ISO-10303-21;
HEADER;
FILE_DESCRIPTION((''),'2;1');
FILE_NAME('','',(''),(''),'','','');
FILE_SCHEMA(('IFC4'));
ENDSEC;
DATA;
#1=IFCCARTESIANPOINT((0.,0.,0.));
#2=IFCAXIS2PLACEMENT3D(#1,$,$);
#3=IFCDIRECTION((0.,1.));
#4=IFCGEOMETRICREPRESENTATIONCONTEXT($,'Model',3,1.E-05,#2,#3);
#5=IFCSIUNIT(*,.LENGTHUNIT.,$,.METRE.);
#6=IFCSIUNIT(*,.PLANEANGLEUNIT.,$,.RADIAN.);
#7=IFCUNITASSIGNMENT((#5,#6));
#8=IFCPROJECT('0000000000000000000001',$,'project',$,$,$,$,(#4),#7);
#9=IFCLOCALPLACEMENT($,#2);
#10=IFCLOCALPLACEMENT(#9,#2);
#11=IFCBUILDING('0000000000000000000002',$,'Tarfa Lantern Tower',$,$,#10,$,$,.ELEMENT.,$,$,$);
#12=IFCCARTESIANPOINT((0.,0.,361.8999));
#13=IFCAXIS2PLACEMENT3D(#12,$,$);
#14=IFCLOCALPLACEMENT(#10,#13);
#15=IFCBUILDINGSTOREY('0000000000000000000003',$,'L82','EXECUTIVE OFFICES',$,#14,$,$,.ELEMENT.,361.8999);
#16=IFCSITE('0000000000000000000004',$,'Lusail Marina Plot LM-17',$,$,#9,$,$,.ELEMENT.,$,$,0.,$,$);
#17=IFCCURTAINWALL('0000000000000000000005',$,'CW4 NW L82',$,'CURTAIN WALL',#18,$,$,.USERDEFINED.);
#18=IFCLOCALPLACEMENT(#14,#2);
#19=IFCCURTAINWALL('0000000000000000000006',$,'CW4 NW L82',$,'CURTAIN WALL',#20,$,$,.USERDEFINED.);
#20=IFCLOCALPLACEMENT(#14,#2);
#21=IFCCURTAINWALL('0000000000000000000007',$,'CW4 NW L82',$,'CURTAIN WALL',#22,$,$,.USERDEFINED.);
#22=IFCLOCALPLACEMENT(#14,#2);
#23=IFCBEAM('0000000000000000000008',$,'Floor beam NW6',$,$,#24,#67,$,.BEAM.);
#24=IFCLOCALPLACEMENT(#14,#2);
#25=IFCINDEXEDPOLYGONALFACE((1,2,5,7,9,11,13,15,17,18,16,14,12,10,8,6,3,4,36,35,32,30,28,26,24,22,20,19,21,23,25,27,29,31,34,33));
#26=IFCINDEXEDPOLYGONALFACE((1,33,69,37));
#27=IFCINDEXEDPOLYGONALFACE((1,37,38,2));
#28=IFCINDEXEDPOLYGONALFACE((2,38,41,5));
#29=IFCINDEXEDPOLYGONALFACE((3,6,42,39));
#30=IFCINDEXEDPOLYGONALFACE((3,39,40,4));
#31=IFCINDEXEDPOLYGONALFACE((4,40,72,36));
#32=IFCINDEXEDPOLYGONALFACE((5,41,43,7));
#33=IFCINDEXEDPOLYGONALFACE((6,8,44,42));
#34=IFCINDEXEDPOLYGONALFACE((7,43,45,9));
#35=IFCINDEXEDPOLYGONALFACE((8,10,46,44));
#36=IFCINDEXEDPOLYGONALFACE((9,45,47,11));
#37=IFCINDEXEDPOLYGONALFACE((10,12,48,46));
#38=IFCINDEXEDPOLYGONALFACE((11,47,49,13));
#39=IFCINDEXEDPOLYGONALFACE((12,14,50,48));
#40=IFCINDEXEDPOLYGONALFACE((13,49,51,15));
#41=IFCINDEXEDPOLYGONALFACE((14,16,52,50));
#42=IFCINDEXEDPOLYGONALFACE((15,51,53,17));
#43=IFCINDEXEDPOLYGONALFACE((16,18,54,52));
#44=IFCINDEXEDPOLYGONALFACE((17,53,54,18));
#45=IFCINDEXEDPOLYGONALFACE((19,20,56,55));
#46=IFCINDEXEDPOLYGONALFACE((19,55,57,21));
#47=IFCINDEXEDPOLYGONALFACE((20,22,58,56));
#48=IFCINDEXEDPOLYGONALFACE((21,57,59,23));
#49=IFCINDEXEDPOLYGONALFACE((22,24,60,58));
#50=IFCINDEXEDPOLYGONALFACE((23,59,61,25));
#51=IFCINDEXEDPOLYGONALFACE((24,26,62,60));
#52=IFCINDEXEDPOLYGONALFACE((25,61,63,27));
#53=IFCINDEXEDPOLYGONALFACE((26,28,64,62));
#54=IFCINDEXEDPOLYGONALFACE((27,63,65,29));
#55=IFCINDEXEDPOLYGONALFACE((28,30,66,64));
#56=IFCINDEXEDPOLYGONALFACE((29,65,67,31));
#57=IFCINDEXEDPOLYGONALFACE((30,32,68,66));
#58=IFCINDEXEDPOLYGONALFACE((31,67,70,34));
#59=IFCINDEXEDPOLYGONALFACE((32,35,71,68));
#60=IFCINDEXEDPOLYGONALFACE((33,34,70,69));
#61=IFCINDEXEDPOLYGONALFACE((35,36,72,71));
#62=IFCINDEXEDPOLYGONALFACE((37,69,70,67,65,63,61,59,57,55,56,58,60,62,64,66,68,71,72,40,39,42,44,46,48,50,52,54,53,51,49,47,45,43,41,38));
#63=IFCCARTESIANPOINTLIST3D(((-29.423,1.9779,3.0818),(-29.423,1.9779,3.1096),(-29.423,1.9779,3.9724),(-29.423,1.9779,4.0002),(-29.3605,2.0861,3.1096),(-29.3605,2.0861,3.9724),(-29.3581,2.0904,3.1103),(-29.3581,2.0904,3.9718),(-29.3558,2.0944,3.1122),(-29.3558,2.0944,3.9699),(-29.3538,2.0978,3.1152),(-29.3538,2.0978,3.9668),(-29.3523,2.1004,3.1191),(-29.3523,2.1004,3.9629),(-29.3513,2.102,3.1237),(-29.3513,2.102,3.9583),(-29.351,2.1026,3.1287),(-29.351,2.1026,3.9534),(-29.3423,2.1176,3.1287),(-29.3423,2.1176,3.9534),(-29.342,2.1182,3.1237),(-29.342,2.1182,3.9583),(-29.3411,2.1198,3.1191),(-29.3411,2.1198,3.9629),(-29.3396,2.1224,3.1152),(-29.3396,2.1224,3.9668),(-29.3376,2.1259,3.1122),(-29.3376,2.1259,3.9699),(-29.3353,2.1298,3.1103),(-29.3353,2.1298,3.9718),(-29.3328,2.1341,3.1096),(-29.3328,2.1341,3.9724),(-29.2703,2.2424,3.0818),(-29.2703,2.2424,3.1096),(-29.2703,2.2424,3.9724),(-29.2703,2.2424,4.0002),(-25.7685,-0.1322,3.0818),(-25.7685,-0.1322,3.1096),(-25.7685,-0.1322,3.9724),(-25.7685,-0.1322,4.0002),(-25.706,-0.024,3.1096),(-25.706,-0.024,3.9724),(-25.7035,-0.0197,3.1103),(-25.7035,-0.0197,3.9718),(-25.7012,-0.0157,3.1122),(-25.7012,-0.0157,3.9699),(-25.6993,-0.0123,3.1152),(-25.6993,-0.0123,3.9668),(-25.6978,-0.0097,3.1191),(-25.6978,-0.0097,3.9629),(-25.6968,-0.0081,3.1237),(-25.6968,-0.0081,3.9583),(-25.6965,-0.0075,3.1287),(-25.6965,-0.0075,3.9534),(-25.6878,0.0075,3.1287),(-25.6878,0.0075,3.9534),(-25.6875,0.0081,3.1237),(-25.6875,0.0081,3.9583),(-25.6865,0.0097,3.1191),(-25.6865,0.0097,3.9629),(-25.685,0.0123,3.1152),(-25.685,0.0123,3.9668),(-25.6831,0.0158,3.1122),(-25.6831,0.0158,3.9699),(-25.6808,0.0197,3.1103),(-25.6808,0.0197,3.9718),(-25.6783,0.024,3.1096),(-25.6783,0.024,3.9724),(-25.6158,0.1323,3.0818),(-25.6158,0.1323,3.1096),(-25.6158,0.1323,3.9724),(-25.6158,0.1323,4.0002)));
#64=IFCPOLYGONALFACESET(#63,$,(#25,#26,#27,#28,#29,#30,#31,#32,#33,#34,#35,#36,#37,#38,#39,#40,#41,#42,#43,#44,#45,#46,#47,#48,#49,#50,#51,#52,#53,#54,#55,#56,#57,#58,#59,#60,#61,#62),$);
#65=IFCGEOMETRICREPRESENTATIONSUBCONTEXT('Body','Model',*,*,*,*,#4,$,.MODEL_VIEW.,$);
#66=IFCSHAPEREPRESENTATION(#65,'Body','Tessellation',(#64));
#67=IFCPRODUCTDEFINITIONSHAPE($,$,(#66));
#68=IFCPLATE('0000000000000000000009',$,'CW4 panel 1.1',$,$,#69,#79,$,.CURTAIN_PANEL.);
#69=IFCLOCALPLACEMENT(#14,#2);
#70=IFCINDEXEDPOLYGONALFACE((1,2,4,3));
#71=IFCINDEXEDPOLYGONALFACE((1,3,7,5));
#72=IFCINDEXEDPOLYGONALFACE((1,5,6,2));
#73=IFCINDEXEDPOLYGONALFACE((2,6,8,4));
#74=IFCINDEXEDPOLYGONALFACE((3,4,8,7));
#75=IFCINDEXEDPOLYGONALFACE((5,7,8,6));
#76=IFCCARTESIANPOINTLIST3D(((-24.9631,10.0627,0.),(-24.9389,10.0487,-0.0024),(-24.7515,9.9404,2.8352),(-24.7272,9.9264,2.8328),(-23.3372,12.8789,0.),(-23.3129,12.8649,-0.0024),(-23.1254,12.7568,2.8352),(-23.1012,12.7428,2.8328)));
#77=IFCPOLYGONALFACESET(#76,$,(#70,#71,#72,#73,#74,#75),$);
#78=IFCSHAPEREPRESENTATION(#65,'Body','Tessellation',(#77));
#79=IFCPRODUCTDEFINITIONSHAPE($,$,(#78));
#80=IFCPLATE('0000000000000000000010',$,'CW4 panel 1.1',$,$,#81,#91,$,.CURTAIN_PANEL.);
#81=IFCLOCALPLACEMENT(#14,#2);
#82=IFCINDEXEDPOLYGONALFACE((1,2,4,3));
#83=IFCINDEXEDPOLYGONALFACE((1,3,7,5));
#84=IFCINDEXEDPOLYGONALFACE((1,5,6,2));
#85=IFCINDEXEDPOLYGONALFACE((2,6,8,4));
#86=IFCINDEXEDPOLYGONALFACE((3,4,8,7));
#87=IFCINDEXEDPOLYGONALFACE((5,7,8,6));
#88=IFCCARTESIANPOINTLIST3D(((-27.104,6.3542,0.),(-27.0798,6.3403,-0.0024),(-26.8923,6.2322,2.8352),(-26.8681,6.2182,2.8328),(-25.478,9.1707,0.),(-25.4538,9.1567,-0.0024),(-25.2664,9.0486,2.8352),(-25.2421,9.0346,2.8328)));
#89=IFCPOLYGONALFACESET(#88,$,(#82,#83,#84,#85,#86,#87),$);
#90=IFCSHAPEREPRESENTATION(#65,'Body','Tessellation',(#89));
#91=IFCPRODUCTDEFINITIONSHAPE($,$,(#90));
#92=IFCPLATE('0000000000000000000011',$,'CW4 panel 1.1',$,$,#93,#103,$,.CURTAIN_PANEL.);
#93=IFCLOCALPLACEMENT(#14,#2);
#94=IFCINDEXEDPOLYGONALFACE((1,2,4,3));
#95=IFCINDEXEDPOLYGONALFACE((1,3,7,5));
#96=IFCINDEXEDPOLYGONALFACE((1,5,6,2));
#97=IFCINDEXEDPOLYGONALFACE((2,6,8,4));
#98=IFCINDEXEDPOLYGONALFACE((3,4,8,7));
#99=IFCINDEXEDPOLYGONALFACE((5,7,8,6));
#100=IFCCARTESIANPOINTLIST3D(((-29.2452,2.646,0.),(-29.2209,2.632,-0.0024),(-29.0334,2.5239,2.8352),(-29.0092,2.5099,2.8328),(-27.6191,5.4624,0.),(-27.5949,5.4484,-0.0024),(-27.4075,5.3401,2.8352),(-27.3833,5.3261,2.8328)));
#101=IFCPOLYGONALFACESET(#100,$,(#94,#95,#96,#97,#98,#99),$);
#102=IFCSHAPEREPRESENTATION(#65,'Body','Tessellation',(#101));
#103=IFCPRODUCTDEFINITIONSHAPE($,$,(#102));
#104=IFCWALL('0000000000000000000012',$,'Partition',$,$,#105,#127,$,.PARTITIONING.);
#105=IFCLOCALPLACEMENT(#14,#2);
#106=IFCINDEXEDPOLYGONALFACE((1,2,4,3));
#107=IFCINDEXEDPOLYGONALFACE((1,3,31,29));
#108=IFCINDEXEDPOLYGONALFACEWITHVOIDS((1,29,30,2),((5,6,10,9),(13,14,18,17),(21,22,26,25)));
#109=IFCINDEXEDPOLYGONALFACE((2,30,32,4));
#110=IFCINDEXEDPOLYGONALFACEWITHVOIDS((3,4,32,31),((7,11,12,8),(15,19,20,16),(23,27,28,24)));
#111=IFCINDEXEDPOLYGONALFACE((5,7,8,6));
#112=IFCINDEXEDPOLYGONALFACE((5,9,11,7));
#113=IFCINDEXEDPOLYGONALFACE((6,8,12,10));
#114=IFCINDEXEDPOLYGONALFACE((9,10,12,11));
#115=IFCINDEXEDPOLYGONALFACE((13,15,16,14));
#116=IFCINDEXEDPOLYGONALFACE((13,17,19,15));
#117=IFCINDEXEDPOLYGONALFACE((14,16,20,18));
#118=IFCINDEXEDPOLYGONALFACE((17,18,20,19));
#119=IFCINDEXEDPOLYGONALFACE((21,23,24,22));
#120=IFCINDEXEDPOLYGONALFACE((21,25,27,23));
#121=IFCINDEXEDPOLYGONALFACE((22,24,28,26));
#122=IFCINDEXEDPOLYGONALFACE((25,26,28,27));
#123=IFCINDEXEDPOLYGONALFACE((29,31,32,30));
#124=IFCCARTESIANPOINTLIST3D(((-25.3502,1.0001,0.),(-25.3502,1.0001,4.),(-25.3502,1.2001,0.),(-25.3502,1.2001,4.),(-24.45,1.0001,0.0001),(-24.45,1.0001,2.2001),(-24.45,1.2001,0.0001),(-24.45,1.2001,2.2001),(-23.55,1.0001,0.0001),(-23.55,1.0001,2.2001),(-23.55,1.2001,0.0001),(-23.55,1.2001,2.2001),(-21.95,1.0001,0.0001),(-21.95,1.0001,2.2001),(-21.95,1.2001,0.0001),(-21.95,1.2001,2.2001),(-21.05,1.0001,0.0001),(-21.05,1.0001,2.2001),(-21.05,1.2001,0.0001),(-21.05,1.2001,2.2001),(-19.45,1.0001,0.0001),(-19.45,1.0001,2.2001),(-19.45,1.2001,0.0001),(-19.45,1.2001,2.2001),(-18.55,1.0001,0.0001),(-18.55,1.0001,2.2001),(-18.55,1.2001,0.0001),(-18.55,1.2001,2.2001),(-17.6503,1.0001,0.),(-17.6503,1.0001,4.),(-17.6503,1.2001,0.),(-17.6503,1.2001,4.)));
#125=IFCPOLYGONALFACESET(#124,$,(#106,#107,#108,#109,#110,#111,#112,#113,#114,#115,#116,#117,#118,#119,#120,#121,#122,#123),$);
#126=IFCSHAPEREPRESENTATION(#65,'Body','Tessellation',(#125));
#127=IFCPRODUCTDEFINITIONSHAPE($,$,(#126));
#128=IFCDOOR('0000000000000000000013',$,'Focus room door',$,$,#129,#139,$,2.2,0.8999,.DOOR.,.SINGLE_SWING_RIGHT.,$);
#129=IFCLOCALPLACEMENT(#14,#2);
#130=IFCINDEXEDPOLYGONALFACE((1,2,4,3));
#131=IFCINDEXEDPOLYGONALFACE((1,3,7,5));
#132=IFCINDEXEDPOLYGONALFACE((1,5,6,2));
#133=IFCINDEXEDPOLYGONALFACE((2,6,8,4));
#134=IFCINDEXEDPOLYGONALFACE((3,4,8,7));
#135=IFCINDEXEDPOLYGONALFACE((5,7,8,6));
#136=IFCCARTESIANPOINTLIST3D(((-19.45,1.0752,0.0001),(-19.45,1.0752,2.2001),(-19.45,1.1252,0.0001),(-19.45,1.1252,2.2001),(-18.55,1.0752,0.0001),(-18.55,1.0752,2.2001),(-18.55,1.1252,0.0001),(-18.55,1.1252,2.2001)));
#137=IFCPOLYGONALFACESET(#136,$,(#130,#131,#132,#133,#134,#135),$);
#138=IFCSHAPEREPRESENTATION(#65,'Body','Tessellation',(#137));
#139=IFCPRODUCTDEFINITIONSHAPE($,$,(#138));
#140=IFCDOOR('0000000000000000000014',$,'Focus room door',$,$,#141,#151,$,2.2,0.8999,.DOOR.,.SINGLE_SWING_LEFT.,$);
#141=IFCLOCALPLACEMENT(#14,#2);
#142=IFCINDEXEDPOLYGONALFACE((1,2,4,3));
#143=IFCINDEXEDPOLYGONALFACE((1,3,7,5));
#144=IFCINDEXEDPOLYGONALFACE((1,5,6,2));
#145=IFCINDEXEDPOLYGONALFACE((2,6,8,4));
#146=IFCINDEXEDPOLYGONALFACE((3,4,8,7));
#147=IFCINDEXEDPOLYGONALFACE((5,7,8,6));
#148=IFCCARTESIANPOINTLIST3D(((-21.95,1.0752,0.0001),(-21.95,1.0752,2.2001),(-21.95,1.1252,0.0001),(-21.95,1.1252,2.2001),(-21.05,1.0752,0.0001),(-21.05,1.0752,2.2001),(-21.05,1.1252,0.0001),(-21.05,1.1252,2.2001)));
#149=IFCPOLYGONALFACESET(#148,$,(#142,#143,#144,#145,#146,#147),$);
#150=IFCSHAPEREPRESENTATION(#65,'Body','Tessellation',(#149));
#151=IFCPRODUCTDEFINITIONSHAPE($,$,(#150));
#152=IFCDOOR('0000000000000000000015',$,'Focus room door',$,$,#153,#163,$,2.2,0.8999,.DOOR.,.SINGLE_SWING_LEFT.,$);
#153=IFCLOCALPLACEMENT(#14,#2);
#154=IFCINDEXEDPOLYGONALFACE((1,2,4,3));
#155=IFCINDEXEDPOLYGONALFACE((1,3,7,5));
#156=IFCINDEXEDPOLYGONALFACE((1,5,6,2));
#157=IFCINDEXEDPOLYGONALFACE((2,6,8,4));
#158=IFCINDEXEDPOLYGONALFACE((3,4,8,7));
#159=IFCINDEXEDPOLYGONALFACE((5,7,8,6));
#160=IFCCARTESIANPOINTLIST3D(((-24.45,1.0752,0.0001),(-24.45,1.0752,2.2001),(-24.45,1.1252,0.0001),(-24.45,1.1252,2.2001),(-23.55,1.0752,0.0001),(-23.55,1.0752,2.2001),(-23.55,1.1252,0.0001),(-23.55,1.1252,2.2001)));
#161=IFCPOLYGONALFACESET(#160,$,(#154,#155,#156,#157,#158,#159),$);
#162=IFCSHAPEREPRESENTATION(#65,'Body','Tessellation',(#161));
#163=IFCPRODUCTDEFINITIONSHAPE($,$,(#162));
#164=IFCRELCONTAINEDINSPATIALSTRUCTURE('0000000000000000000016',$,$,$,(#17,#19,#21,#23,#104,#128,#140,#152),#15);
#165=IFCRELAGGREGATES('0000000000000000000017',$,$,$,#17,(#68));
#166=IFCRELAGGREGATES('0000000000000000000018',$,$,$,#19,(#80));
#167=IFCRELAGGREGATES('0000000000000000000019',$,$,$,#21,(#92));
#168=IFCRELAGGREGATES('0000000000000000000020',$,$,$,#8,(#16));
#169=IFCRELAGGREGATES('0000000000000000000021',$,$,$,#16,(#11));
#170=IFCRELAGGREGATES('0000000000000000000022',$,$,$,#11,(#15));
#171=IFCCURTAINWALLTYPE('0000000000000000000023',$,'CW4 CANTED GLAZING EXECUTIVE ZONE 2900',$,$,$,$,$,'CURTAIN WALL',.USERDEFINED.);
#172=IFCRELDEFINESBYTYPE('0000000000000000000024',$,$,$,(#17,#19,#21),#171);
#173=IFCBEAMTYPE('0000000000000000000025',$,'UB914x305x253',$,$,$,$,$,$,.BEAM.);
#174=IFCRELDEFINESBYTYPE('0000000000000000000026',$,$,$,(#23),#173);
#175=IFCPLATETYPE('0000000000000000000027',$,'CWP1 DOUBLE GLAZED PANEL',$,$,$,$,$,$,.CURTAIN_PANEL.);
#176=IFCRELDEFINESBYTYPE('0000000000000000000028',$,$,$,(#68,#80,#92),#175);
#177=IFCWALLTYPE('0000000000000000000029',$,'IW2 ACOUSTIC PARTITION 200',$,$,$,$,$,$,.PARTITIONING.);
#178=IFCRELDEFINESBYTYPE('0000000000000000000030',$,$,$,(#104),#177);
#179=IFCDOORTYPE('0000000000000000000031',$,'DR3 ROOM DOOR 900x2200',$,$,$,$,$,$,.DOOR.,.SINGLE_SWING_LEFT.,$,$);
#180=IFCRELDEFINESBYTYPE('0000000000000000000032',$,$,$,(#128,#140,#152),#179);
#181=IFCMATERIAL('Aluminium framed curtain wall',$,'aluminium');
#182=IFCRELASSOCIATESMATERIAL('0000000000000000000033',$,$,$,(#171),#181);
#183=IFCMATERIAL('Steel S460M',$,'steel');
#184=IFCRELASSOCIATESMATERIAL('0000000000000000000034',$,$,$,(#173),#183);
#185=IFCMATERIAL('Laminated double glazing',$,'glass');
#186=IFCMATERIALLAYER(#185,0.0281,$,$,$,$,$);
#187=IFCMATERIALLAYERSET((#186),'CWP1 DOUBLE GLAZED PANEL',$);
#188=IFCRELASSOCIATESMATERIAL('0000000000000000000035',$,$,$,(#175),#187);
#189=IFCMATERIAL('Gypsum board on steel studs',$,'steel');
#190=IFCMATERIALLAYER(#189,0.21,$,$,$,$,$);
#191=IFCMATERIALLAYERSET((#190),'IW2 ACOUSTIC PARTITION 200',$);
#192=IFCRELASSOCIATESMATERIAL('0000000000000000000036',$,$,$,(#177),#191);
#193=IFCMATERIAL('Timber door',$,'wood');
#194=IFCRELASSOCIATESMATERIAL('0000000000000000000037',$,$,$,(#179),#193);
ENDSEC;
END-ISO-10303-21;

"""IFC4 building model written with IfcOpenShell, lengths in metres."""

from ifc_helpers import new_model, si_unit, direction, frame, frame_2d, origin, origin_2d, place, context, subcontext, project, spatial, polyline, rectangle, i_section, outline, extrude, material, layer, layer_set, material_profile, profile_set, type_object, element, fill, aggregate, save


model = new_model("IFC4")

# Units and contexts
model_context = context("Model", 3, precision=1e-05, world=origin(), true_north=direction((0.0, 1.0)))
body_context = subcontext(model_context, "Body", "Model", "MODEL_VIEW")
ifc_project = project(units=[si_unit("LENGTHUNIT", "METRE"), si_unit("PLANEANGLEUNIT", "RADIAN")], contexts=[model_context])

# Site, building, storey
site_placement = place(None, origin())
site = spatial("IfcSite", under=ifc_project, at=site_placement, Name="Lusail Marina Plot LM-17", CompositionType="ELEMENT", RefElevation=0.0)
building_placement = place(site_placement, origin())
building = spatial("IfcBuilding", under=site, at=building_placement, Name="Tarfa Lantern Tower", CompositionType="ELEMENT")
storey_placement = place(building_placement, frame((0.0, 0.0, 361.8999)))
storey = spatial("IfcBuildingStorey", under=building, at=storey_placement, Name="L82", Description="EXECUTIVE OFFICES", CompositionType="ELEMENT", Elevation=361.8999)

# Curtain wall
ifc_material_1 = material(Name="Aluminium framed curtain wall", Category="aluminium")
curtain_wall_type = type_object("IfcCurtainWallType", Name="CW4 CANTED GLAZING EXECUTIVE ZONE 2900", ElementType="CURTAIN WALL", PredefinedType="USERDEFINED", material=ifc_material_1)
curtain_wall_1_placement = place(storey_placement, origin())
curtain_wall_1 = element("IfcCurtainWall", 1, at=curtain_wall_1_placement, inside=storey, type_object=curtain_wall_type, Name="CW4 NW L82", ObjectType="CURTAIN WALL", PredefinedType="USERDEFINED")

# Curtain walls
curtain_wall_2_placement = place(storey_placement, origin())
curtain_wall_2 = element("IfcCurtainWall", 2, at=curtain_wall_2_placement, inside=storey, type_object=curtain_wall_type, Name="CW4 NW L82", ObjectType="CURTAIN WALL", PredefinedType="USERDEFINED")
curtain_wall_3_placement = place(storey_placement, origin())
curtain_wall_3 = element("IfcCurtainWall", 3, at=curtain_wall_3_placement, inside=storey, type_object=curtain_wall_type, Name="CW4 NW L82", ObjectType="CURTAIN WALL", PredefinedType="USERDEFINED")

# Beam
ifc_material_2 = material(Name="Steel S460M", Category="steel")
ifc_material_profile_1 = material_profile(ifc_material_2, i_section(OverallWidth=0.3054, OverallDepth=0.9185, WebThickness=0.0173, FlangeThickness=0.0278, FilletRadius=0.019, at=origin_2d()), Name="UB914x305x253")
ifc_profile_set_1 = profile_set([ifc_material_profile_1], Name="Steel S460M")
beam_type_1 = type_object("IfcBeamType", Name="UB914x305x253", PredefinedType="BEAM", material=ifc_profile_set_1)
beam_1_placement = place(storey_placement, frame((-29.3467, 2.1101, 3.541), z_axis=(0.866009, -0.500028, 0.0), x_axis=(0.500028, 0.866009, 0.0)))
element("IfcBeam", 4, at=beam_1_placement, inside=storey, type_object=beam_type_1, Name="Floor beam NW6", PredefinedType="BEAM", context=body_context, shape_type="SweptSolid", body=[
    extrude(i_section(OverallWidth=0.3054, OverallDepth=0.9185, WebThickness=0.0173, FlangeThickness=0.0278, FilletRadius=0.019, at=origin_2d()), origin(), (0.0, 0.0, 1.0), 4.22),
])

# Plates
ifc_material_3 = material(Name="Laminated double glazing", Category="glass")
ifc_layer_1 = layer(ifc_material_3, 0.0281)
ifc_layer_set_1 = layer_set([ifc_layer_1], Name="CWP1 DOUBLE GLAZED PANEL")
plate_type = type_object("IfcPlateType", Name="CWP1 DOUBLE GLAZED PANEL", PredefinedType="CURTAIN_PANEL", material=ifc_layer_set_1)
plate_1_placement = place(storey_placement, frame((-23.3372, 12.8789, 0.0), z_axis=(-0.862826, 0.498151, 0.085886), x_axis=(-0.499999, -0.866026, -0.000002)))
plate_1 = element("IfcPlate", 5, at=plate_1_placement, type_object=plate_type, Name="CW4 panel 1.1", PredefinedType="CURTAIN_PANEL", context=body_context, shape_type="SweptSolid", body=[
    extrude(outline(polyline([(0.0, 0.0), (3.2519, 0.0), (3.2519, 2.8457), (-0.0001, 2.8457), (0.0, 0.0)])), origin(), (0.0, 0.0, -1.0), 0.0281),
])
aggregate(curtain_wall_1, [plate_1])
plate_2_placement = place(storey_placement, frame((-25.478, 9.1707, 0.0), z_axis=(-0.862837, 0.498136, 0.085865), x_axis=(-0.499982, -0.866036, 0.0)))
plate_2 = element("IfcPlate", 6, at=plate_2_placement, type_object=plate_type, Name="CW4 panel 1.1", PredefinedType="CURTAIN_PANEL", context=body_context, shape_type="SweptSolid", body=[
    extrude(outline(polyline([(0.0, 0.0), (3.2521, 0.0), (3.252, 2.8457), (-0.0001, 2.8457), (0.0, 0.0)])), origin(), (0.0, 0.0, -1.0), 0.0281),
])
aggregate(curtain_wall_2, [plate_2])
plate_3_placement = place(storey_placement, frame((-27.6191, 5.4624, 0.0), z_axis=(-0.862826, 0.498151, 0.085886), x_axis=(-0.499999, -0.866026, 0.000002)))
plate_3 = element("IfcPlate", 7, at=plate_3_placement, type_object=plate_type, Name="CW4 panel 1.1", PredefinedType="CURTAIN_PANEL", context=body_context, shape_type="SweptSolid", body=[
    extrude(outline(polyline([(0.0, 0.0), (3.2521, 0.0), (3.252, 2.8457), (0.0001, 2.8457), (0.0, 0.0)])), origin(), (0.0, 0.0, -1.0), 0.0281),
])
aggregate(curtain_wall_3, [plate_3])

# Wall, openings, doors
ifc_material_4 = material(Name="Gypsum board on steel studs", Category="steel")
ifc_layer_2 = layer(ifc_material_4, 0.21)
ifc_layer_set_2 = layer_set([ifc_layer_2], Name="IW2 ACOUSTIC PARTITION 200")
wall_type = type_object("IfcWallType", Name="IW2 ACOUSTIC PARTITION 200", PredefinedType="PARTITIONING", material=ifc_layer_set_2)
wall_placement = place(storey_placement, frame((-17.6501, 1.1001, 0.0), z_axis=(0.0, 0.0, 1.0), x_axis=(-1.0, 0.0, 0.0)))
wall = element("IfcWall", 8, at=wall_placement, inside=storey, type_object=wall_type, Name="Partition", PredefinedType="PARTITIONING", context=body_context, shape_type="SweptSolid", body=[
    extrude(rectangle(XDim=7.7, YDim=0.2, at=frame_2d((3.8501, 0.0))), origin(), (0.0, 0.0, 1.0), 4.0),
])
opening_1_placement = place(wall_placement, frame((0.8999, 0.0, 0.0)))
opening_1 = element("IfcOpeningElement", 9, at=opening_1_placement, cuts=wall, PredefinedType="OPENING", context=body_context, shape_type="SweptSolid", body=[
    extrude(rectangle(XDim=0.8999, YDim=2.2, at=frame_2d((0.45, 1.1001))), frame((0.0, 0.1099, 0.0), z_axis=(0.0, -1.0, 0.0), x_axis=(1.0, 0.0, 0.0)), (0.0, 0.0, 1.0), 0.22),
])
opening_2_placement = place(wall_placement, frame((3.3999, 0.0, 0.0)))
opening_2 = element("IfcOpeningElement", 10, at=opening_2_placement, cuts=wall, PredefinedType="OPENING", context=body_context, shape_type="SweptSolid", body=[
    extrude(rectangle(XDim=0.8999, YDim=2.2, at=frame_2d((0.45, 1.1001))), frame((0.0, 0.1099, 0.0), z_axis=(0.0, -1.0, 0.0), x_axis=(1.0, 0.0, 0.0)), (0.0, 0.0, 1.0), 0.22),
])
opening_3_placement = place(wall_placement, frame((5.8999, 0.0, 0.0)))
opening_3 = element("IfcOpeningElement", 11, at=opening_3_placement, cuts=wall, PredefinedType="OPENING", context=body_context, shape_type="SweptSolid", body=[
    extrude(rectangle(XDim=0.8999, YDim=2.2, at=frame_2d((0.45, 1.1001))), frame((0.0, 0.1099, 0.0), z_axis=(0.0, -1.0, 0.0), x_axis=(1.0, 0.0, 0.0)), (0.0, 0.0, 1.0), 0.22),
])
ifc_material_5 = material(Name="Timber door", Category="wood")
door_type = type_object("IfcDoorType", Name="DR3 ROOM DOOR 900x2200", OperationType="SINGLE_SWING_LEFT", PredefinedType="DOOR", material=ifc_material_5)
door_1_placement = place(opening_1_placement, origin())
door_1 = element("IfcDoor", 12, at=door_1_placement, inside=storey, type_object=door_type, Name="Focus room door", OperationType="SINGLE_SWING_RIGHT", OverallHeight=2.2, OverallWidth=0.8999, PredefinedType="DOOR", context=body_context, shape_type="SweptSolid", body=[
    extrude(rectangle(XDim=0.8999, YDim=2.2, at=frame_2d((0.45, 1.1001))), frame((0.0, 0.0249, 0.0), z_axis=(0.0, -1.0, 0.0), x_axis=(1.0, 0.0, 0.0)), (0.0, 0.0, 1.0), 0.05),
])
fill(opening_1, door_1)
door_2_placement = place(opening_2_placement, origin())
door_2 = element("IfcDoor", 13, at=door_2_placement, inside=storey, type_object=door_type, Name="Focus room door", OperationType="SINGLE_SWING_LEFT", OverallHeight=2.2, OverallWidth=0.8999, PredefinedType="DOOR", context=body_context, shape_type="SweptSolid", body=[
    extrude(rectangle(XDim=0.8999, YDim=2.2, at=frame_2d((0.45, 1.1001))), frame((0.0, 0.0249, 0.0), z_axis=(0.0, -1.0, 0.0), x_axis=(1.0, 0.0, 0.0)), (0.0, 0.0, 1.0), 0.05),
])
fill(opening_2, door_2)
door_3_placement = place(opening_3_placement, origin())
door_3 = element("IfcDoor", 14, at=door_3_placement, inside=storey, type_object=door_type, Name="Focus room door", OperationType="SINGLE_SWING_LEFT", OverallHeight=2.2, OverallWidth=0.8999, PredefinedType="DOOR", context=body_context, shape_type="SweptSolid", body=[
    extrude(rectangle(XDim=0.8999, YDim=2.2, at=frame_2d((0.45, 1.1001))), frame((0.0, 0.0249, 0.0), z_axis=(0.0, -1.0, 0.0), x_axis=(1.0, 0.0, 0.0)), (0.0, 0.0, 1.0), 0.05),
])
fill(opening_3, door_3)

save(model, "model.ifc")
